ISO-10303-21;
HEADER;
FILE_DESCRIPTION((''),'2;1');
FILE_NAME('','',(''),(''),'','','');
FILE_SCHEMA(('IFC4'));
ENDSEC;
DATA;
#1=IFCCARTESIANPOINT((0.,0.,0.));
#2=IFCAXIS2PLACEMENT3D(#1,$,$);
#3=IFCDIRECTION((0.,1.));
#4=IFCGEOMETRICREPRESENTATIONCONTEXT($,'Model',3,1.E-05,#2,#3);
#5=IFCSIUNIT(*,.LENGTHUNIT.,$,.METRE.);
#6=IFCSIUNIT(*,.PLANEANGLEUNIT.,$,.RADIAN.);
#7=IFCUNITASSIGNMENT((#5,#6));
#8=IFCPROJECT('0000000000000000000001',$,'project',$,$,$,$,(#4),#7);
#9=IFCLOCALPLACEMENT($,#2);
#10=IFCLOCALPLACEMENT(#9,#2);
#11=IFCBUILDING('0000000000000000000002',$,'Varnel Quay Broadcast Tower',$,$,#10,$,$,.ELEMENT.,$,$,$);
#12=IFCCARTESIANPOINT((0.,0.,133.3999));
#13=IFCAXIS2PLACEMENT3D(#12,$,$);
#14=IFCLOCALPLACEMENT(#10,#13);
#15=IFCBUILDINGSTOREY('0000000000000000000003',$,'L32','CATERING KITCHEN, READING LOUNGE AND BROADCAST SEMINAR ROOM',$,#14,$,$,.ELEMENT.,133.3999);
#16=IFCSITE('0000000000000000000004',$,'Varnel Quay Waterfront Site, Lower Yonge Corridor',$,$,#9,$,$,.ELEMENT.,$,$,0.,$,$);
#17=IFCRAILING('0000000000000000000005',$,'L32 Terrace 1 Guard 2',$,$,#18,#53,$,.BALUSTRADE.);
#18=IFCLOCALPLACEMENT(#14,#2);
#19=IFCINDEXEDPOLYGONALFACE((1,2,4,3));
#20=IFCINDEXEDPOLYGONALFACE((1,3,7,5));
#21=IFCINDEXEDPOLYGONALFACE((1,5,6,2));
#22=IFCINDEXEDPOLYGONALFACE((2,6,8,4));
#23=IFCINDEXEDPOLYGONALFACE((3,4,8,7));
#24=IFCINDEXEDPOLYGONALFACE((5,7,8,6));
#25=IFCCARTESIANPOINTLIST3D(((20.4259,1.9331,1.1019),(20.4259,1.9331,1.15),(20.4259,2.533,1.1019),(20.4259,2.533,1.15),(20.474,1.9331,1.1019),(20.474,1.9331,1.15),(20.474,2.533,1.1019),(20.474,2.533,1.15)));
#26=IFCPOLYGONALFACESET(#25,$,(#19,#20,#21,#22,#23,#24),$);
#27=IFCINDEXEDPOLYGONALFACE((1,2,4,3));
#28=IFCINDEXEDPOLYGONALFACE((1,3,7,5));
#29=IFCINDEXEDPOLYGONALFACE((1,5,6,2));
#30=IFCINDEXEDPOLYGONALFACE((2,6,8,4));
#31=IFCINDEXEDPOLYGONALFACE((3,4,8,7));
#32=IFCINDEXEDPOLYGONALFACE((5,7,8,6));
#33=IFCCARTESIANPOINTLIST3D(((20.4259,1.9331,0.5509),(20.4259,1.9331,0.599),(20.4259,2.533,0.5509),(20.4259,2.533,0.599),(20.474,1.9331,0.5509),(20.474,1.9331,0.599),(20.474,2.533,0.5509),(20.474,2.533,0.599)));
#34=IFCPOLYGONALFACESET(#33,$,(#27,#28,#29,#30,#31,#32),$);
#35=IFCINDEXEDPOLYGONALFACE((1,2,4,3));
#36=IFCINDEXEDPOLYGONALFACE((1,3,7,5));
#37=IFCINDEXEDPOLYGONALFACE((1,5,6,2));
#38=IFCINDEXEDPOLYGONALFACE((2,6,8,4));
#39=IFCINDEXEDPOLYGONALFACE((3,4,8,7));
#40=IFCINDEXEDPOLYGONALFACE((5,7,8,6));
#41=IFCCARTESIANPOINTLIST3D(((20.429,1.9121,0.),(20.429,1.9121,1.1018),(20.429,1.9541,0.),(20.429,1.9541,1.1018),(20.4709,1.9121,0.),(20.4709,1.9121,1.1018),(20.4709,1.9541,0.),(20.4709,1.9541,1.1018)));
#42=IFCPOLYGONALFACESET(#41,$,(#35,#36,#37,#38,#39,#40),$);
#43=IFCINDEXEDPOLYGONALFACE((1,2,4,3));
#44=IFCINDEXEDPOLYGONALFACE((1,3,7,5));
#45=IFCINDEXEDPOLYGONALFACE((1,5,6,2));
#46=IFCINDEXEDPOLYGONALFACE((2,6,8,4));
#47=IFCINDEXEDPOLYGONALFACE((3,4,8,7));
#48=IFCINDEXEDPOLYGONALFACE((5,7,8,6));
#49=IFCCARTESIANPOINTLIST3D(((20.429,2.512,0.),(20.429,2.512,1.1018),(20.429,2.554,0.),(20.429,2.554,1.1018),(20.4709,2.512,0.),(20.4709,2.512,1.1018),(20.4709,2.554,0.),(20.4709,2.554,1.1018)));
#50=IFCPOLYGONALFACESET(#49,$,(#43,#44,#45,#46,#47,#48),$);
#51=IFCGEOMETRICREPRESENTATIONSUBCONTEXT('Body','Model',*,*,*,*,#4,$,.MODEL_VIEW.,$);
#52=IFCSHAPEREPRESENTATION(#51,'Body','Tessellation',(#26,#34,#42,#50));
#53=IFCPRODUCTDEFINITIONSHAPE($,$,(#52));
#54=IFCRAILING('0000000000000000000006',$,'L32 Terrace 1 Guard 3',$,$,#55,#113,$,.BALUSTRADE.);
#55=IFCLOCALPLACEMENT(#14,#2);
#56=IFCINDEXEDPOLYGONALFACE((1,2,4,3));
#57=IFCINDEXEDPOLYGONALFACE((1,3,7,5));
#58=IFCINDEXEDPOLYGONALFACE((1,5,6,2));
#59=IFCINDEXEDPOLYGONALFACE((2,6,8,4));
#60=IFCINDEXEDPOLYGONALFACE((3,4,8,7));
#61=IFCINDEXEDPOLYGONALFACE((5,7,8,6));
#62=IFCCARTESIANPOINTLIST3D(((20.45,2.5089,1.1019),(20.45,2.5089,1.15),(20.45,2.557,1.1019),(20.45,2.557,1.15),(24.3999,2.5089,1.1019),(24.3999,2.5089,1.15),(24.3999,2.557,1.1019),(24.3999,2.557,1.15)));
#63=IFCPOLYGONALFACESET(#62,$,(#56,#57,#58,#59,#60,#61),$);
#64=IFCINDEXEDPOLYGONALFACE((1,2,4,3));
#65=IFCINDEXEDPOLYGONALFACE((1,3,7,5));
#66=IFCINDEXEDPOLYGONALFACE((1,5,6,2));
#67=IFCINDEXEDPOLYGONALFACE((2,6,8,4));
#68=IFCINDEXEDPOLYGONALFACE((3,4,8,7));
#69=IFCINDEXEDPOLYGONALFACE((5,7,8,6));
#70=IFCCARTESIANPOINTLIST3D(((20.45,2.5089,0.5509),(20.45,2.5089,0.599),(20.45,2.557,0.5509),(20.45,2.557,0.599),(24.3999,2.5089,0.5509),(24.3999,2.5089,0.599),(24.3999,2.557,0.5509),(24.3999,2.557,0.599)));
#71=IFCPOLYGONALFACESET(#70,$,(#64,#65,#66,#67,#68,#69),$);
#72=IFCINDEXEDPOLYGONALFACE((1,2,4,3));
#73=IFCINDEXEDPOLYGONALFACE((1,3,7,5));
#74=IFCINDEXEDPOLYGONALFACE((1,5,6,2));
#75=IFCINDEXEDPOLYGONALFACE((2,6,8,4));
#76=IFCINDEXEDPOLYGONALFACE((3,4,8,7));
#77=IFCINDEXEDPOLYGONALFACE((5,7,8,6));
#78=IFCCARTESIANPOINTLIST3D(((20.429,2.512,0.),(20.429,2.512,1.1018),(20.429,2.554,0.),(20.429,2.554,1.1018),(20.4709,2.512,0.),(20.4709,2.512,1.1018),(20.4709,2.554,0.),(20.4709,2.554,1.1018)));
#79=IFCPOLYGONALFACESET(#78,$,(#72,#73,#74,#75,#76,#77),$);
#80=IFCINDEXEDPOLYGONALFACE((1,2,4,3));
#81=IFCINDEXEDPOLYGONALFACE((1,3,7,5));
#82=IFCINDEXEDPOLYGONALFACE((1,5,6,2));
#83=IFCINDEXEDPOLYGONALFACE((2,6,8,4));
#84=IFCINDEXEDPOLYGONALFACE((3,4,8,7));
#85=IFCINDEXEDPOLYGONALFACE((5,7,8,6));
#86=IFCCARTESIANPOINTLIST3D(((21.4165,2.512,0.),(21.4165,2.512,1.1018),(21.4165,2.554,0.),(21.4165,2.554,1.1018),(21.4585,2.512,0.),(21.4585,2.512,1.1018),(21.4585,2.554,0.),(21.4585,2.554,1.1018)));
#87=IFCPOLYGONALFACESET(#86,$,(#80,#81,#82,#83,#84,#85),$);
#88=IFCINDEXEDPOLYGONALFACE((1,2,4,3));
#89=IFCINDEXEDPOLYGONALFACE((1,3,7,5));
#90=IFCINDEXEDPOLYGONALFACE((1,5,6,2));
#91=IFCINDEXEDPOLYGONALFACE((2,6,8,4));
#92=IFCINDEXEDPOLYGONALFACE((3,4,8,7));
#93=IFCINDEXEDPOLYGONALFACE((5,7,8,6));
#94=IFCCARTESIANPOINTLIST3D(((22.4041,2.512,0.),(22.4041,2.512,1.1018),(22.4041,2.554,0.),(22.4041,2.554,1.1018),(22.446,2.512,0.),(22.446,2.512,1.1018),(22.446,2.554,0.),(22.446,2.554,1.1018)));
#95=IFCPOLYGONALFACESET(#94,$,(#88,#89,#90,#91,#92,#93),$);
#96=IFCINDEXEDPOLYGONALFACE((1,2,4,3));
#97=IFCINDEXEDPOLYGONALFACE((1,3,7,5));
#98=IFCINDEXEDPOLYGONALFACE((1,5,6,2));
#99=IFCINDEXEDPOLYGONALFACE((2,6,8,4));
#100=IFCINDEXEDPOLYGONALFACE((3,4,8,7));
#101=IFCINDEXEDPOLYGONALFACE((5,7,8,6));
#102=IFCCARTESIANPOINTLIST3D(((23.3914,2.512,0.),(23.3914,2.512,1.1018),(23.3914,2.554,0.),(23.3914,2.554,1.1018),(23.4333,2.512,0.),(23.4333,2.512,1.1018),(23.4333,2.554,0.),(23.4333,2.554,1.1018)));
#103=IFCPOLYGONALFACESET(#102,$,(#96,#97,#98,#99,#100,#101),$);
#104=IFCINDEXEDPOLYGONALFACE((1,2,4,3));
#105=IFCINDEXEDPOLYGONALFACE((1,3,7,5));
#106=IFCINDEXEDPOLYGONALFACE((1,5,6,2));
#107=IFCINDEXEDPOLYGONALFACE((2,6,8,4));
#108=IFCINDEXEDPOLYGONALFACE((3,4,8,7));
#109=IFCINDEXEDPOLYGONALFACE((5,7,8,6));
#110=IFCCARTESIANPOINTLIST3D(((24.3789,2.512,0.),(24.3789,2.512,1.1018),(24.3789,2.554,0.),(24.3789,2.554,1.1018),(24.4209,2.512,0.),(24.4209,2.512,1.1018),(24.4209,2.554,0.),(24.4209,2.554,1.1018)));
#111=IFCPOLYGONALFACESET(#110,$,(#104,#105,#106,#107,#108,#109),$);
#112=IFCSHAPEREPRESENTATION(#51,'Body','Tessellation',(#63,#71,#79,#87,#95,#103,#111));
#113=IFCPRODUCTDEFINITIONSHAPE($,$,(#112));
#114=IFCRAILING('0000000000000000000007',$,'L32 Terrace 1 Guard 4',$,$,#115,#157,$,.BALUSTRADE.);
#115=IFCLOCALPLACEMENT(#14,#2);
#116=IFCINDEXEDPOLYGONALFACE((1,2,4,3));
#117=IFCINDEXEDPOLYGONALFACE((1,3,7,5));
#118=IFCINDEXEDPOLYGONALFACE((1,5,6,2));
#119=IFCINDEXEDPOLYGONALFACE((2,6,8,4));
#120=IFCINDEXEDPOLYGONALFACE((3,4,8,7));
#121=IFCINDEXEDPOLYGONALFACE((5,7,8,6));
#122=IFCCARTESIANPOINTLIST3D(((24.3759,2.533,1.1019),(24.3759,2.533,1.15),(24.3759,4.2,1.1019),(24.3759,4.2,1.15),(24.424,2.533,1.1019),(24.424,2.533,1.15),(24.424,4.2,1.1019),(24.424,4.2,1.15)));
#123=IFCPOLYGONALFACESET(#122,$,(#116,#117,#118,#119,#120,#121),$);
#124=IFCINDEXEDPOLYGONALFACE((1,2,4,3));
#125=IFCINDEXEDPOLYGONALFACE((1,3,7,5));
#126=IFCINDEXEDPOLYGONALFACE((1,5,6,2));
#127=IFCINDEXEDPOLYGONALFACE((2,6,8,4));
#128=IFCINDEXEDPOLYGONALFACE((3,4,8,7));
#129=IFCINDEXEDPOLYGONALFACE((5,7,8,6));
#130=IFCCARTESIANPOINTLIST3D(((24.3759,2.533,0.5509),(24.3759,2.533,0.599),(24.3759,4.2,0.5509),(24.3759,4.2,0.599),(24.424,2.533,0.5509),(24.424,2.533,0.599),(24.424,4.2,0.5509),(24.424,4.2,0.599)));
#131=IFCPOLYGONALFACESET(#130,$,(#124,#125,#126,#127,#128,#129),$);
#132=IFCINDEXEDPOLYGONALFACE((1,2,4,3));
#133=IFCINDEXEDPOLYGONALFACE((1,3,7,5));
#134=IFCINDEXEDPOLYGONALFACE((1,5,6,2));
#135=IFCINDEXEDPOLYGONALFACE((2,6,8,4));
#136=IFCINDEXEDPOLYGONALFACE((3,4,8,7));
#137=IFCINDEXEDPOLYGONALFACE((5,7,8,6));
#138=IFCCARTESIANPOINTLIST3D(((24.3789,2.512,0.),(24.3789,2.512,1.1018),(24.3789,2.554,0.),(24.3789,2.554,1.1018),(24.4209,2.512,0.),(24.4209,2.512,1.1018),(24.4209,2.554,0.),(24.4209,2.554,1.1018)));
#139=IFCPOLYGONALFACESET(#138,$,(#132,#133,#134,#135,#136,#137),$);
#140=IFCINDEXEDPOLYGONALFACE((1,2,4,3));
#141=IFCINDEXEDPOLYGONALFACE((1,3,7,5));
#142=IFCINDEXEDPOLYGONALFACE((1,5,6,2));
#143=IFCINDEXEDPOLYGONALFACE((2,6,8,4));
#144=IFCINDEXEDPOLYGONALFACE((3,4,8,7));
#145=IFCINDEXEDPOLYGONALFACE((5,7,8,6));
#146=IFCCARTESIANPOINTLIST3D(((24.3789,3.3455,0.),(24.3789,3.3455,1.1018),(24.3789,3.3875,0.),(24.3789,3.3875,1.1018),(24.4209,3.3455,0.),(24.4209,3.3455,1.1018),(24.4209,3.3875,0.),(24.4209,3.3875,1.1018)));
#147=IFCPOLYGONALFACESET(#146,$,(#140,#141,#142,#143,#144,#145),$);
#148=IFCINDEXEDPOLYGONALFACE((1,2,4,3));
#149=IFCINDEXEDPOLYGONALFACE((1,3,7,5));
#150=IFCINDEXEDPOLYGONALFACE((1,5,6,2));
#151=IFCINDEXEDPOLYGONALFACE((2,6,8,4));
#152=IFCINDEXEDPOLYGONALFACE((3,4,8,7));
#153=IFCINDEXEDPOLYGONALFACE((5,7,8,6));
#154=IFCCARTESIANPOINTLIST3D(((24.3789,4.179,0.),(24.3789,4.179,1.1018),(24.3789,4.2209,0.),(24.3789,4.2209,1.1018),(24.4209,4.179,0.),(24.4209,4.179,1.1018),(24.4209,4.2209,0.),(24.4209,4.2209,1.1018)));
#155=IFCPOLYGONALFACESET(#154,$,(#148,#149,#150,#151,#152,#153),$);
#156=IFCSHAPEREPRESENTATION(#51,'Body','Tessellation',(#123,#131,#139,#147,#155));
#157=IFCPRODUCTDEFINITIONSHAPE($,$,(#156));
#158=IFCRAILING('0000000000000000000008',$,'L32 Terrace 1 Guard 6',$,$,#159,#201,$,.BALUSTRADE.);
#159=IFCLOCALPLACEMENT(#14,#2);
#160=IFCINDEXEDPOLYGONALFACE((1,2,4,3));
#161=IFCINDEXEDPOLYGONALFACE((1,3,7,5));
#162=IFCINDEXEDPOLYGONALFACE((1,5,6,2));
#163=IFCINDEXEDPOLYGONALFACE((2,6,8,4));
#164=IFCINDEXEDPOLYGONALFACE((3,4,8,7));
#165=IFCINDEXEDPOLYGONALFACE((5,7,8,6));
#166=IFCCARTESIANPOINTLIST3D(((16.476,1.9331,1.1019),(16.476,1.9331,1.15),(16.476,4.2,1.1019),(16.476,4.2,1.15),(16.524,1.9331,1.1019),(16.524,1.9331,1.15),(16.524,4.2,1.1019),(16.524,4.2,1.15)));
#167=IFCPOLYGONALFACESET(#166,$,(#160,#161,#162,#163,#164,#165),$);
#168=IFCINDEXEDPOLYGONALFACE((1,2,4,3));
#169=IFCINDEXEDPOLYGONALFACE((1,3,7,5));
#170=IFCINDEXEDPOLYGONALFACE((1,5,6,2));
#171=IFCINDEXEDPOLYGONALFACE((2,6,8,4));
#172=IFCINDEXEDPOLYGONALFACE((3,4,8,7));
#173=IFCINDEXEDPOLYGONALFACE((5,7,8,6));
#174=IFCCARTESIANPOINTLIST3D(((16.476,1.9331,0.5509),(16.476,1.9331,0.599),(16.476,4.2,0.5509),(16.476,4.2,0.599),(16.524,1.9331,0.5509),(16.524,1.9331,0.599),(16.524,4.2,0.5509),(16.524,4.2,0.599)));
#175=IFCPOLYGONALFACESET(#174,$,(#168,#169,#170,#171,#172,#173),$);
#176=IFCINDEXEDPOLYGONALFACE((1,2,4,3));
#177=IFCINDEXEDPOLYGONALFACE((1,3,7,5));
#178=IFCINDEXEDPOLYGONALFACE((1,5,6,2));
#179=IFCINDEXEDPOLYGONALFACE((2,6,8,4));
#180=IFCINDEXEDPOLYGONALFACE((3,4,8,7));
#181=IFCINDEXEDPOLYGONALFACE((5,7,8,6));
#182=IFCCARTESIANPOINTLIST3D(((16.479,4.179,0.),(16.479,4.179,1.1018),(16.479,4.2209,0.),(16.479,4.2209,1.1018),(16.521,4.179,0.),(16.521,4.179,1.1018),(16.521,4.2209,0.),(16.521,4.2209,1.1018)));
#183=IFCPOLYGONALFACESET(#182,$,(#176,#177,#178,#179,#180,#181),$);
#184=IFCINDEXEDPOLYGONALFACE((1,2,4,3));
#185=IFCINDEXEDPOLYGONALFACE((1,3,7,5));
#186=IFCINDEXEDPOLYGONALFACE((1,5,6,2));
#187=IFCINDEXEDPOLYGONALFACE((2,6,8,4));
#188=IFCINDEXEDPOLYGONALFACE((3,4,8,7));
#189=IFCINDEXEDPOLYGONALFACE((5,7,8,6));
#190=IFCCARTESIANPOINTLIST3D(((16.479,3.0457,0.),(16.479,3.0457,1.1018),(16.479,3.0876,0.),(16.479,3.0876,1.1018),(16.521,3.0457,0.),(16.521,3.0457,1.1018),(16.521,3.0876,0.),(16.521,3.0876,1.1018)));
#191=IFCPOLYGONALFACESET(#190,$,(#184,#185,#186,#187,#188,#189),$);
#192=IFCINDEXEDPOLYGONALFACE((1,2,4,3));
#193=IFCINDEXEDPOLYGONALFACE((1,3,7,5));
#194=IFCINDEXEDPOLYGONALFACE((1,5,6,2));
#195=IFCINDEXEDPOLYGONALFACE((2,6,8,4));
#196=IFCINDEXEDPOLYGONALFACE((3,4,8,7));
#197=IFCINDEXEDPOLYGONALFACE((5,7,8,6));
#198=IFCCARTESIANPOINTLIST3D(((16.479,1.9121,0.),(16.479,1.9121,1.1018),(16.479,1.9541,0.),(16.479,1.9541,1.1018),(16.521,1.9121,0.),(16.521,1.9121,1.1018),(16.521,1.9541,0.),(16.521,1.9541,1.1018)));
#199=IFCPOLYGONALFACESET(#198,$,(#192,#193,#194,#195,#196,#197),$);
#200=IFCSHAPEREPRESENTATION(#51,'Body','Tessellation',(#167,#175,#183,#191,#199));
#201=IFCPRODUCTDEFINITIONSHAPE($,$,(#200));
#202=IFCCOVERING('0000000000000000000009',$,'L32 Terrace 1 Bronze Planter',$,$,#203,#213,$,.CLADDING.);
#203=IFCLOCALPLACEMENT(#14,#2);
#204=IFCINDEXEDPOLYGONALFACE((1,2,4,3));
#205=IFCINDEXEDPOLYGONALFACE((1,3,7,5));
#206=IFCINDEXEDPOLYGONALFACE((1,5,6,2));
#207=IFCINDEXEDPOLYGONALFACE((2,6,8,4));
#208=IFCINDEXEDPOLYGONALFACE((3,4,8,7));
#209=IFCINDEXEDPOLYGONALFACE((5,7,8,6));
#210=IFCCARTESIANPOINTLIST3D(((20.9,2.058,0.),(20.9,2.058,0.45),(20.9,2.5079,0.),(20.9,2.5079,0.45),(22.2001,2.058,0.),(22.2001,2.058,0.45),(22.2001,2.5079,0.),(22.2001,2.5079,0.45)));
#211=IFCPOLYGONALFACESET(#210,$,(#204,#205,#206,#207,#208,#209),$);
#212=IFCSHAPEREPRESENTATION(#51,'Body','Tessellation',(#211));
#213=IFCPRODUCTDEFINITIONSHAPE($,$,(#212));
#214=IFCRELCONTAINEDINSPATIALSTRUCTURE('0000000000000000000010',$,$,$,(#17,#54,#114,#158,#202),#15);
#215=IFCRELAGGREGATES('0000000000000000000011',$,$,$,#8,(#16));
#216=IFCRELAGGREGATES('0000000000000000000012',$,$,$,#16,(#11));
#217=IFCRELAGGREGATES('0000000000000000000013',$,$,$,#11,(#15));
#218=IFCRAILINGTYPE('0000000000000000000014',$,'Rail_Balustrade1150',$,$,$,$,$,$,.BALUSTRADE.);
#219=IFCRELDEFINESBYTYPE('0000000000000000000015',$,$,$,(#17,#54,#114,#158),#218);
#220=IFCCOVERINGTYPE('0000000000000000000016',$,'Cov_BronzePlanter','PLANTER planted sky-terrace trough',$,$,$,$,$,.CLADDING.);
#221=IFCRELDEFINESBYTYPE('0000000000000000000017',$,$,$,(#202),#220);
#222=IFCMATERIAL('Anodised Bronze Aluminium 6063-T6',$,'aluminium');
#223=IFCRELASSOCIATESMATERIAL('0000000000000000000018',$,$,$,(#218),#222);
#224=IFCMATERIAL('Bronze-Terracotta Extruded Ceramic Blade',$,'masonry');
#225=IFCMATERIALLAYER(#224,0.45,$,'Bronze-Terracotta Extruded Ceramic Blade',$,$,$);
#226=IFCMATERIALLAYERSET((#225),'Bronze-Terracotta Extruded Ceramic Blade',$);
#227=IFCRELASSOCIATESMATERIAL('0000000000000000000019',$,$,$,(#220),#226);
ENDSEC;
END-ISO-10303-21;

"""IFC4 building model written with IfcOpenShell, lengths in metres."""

from ifc_helpers import new_model, si_unit, direction, frame, origin, origin_2d, place, context, subcontext, project, spatial, rectangle, extrude, source, transform, mapped, material, layer, layer_set, type_object, type_shapes, element, save


model = new_model("IFC4")

# Units and contexts
model_context = context("Model", 3, precision=1e-05, world=origin(), true_north=direction((0.0, 1.0)))
body_context = subcontext(model_context, "Body", "Model", "MODEL_VIEW")
ifc_project = project(units=[si_unit("LENGTHUNIT", "METRE"), si_unit("PLANEANGLEUNIT", "RADIAN")], contexts=[model_context])

# Site, building, storey
site_placement = place(None, origin())
site = spatial("IfcSite", under=ifc_project, at=site_placement, Name="Varnel Quay Waterfront Site, Lower Yonge Corridor", CompositionType="ELEMENT", RefElevation=0.0)
building_placement = place(site_placement, origin())
building = spatial("IfcBuilding", under=site, at=building_placement, Name="Varnel Quay Broadcast Tower", CompositionType="ELEMENT")
storey_placement = place(building_placement, frame((0.0, 0.0, 133.3999)))
storey = spatial("IfcBuildingStorey", under=building, at=storey_placement, Name="L32", Description="CATERING KITCHEN, READING LOUNGE AND BROADCAST SEMINAR ROOM", CompositionType="ELEMENT", Elevation=133.3999)

# Shared definitions
ifc_material_1 = material(Name="Anodised Bronze Aluminium 6063-T6", Category="aluminium")

# Railings
railing_type = type_object("IfcRailingType", Name="Rail_Balustrade1150", PredefinedType="BALUSTRADE", material=ifc_material_1)
railing_1_placement = place(storey_placement, frame((20.45, 1.9331, 0.0)))
element("IfcRailing", 1, at=railing_1_placement, inside=storey, type_object=railing_type, Name="L32 Terrace 1 Guard 2", PredefinedType="BALUSTRADE", context=body_context, shape_type="SweptSolid", body=[
    extrude(rectangle(XDim=0.0481, YDim=0.0481, at=origin_2d()), frame((0.0, 0.0, 1.126), z_axis=(0.0, 1.0, 0.0), x_axis=(-1.0, 0.0, 0.0)), (0.0, 0.0, 1.0), 0.5999),
    extrude(rectangle(XDim=0.0481, YDim=0.0481, at=origin_2d()), frame((0.0, 0.0, 0.575), z_axis=(0.0, 1.0, 0.0), x_axis=(-1.0, 0.0, 0.0)), (0.0, 0.0, 1.0), 0.5999),
    extrude(rectangle(XDim=0.042, YDim=0.042, at=origin_2d()), origin(), (0.0, 0.0, 1.0), 1.1018),
    extrude(rectangle(XDim=0.042, YDim=0.042, at=origin_2d()), frame((0.0, 0.5999, 0.0)), (0.0, 0.0, 1.0), 1.1018),
])
railing_2_placement = place(storey_placement, frame((20.45, 2.533, 0.0)))
element("IfcRailing", 2, at=railing_2_placement, inside=storey, type_object=railing_type, Name="L32 Terrace 1 Guard 3", PredefinedType="BALUSTRADE", context=body_context, shape_type="SweptSolid", body=[
    extrude(rectangle(XDim=0.0481, YDim=0.0481, at=origin_2d()), frame((0.0, 0.0, 1.126), z_axis=(1.0, 0.0, 0.0), x_axis=(0.0, 1.0, 0.0)), (0.0, 0.0, 1.0), 3.95),
    extrude(rectangle(XDim=0.0481, YDim=0.0481, at=origin_2d()), frame((0.0, 0.0, 0.575), z_axis=(1.0, 0.0, 0.0), x_axis=(0.0, 1.0, 0.0)), (0.0, 0.0, 1.0), 3.95),
    extrude(rectangle(XDim=0.042, YDim=0.042, at=origin_2d()), origin(), (0.0, 0.0, 1.0), 1.1018),
    extrude(rectangle(XDim=0.042, YDim=0.042, at=origin_2d()), frame((0.9875, 0.0, 0.0)), (0.0, 0.0, 1.0), 1.1018),
    extrude(rectangle(XDim=0.042, YDim=0.042, at=origin_2d()), frame((1.9751, 0.0, 0.0)), (0.0, 0.0, 1.0), 1.1018),
    extrude(rectangle(XDim=0.042, YDim=0.042, at=origin_2d()), frame((2.9624, 0.0, 0.0)), (0.0, 0.0, 1.0), 1.1018),
    extrude(rectangle(XDim=0.042, YDim=0.042, at=origin_2d()), frame((3.95, 0.0, 0.0)), (0.0, 0.0, 1.0), 1.1018),
])
railing_3_placement = place(storey_placement, frame((24.3999, 2.533, 0.0)))
element("IfcRailing", 3, at=railing_3_placement, inside=storey, type_object=railing_type, Name="L32 Terrace 1 Guard 4", PredefinedType="BALUSTRADE", context=body_context, shape_type="SweptSolid", body=[
    extrude(rectangle(XDim=0.0481, YDim=0.0481, at=origin_2d()), frame((0.0, 0.0, 1.126), z_axis=(0.0, 1.0, 0.0), x_axis=(-1.0, 0.0, 0.0)), (0.0, 0.0, 1.0), 1.667),
    extrude(rectangle(XDim=0.0481, YDim=0.0481, at=origin_2d()), frame((0.0, 0.0, 0.575), z_axis=(0.0, 1.0, 0.0), x_axis=(-1.0, 0.0, 0.0)), (0.0, 0.0, 1.0), 1.667),
    extrude(rectangle(XDim=0.042, YDim=0.042, at=origin_2d()), origin(), (0.0, 0.0, 1.0), 1.1018),
    extrude(rectangle(XDim=0.042, YDim=0.042, at=origin_2d()), frame((0.0, 0.8335, 0.0)), (0.0, 0.0, 1.0), 1.1018),
    extrude(rectangle(XDim=0.042, YDim=0.042, at=origin_2d()), frame((0.0, 1.667, 0.0)), (0.0, 0.0, 1.0), 1.1018),
])
railing_4_placement = place(storey_placement, frame((16.5, 4.2, 0.0)))
element("IfcRailing", 4, at=railing_4_placement, inside=storey, type_object=railing_type, Name="L32 Terrace 1 Guard 6", PredefinedType="BALUSTRADE", context=body_context, shape_type="SweptSolid", body=[
    extrude(rectangle(XDim=0.0481, YDim=0.0481, at=origin_2d()), frame((0.0, 0.0, 1.126), z_axis=(0.0, -1.0, 0.0), x_axis=(1.0, 0.0, 0.0)), (0.0, 0.0, 1.0), 2.2668),
    extrude(rectangle(XDim=0.0481, YDim=0.0481, at=origin_2d()), frame((0.0, 0.0, 0.575), z_axis=(0.0, -1.0, 0.0), x_axis=(1.0, 0.0, 0.0)), (0.0, 0.0, 1.0), 2.2668),
    extrude(rectangle(XDim=0.042, YDim=0.042, at=origin_2d()), origin(), (0.0, 0.0, 1.0), 1.1018),
    extrude(rectangle(XDim=0.042, YDim=0.042, at=origin_2d()), frame((0.0, -1.1333, 0.0)), (0.0, 0.0, 1.0), 1.1018),
    extrude(rectangle(XDim=0.042, YDim=0.042, at=origin_2d()), frame((0.0, -2.2668, 0.0)), (0.0, 0.0, 1.0), 1.1018),
])

# Covering
ifc_material_2 = material(Name="Bronze-Terracotta Extruded Ceramic Blade", Category="masonry")
ifc_layer_1 = layer(ifc_material_2, 0.45, Name="Bronze-Terracotta Extruded Ceramic Blade")
ifc_layer_set_1 = layer_set([ifc_layer_1], Name="Bronze-Terracotta Extruded Ceramic Blade")
covering_type = type_object("IfcCoveringType", Name="Cov_BronzePlanter", Description="PLANTER planted sky-terrace trough", PredefinedType="CLADDING", material=ifc_layer_set_1)
shared_shape_1 = source(origin(), body_context, "Body", "SweptSolid", [
    extrude(rectangle(XDim=1.3, YDim=0.45, at=origin_2d()), origin(), (0.0, 0.0, 1.0), 0.45),
])
type_shapes(covering_type, [shared_shape_1])
covering_placement = place(storey_placement, frame((21.55, 2.283, 0.0), z_axis=(0.0, 0.0, 1.0), x_axis=(1.0, 0.0, 0.0)))
element("IfcCovering", 5, at=covering_placement, inside=storey, type_object=covering_type, Name="L32 Terrace 1 Bronze Planter", PredefinedType="CLADDING", context=body_context, shape_type="MappedRepresentation", body=[
    mapped(shared_shape_1, transform((0.0, 0.0, 0.0), x_axis=(1.0, 0.0, 0.0), y_axis=(0.0, 1.0, 0.0), z_axis=(0.0, 0.0, 1.0), scale=1.0)),
])

save(model, "model.ifc")
